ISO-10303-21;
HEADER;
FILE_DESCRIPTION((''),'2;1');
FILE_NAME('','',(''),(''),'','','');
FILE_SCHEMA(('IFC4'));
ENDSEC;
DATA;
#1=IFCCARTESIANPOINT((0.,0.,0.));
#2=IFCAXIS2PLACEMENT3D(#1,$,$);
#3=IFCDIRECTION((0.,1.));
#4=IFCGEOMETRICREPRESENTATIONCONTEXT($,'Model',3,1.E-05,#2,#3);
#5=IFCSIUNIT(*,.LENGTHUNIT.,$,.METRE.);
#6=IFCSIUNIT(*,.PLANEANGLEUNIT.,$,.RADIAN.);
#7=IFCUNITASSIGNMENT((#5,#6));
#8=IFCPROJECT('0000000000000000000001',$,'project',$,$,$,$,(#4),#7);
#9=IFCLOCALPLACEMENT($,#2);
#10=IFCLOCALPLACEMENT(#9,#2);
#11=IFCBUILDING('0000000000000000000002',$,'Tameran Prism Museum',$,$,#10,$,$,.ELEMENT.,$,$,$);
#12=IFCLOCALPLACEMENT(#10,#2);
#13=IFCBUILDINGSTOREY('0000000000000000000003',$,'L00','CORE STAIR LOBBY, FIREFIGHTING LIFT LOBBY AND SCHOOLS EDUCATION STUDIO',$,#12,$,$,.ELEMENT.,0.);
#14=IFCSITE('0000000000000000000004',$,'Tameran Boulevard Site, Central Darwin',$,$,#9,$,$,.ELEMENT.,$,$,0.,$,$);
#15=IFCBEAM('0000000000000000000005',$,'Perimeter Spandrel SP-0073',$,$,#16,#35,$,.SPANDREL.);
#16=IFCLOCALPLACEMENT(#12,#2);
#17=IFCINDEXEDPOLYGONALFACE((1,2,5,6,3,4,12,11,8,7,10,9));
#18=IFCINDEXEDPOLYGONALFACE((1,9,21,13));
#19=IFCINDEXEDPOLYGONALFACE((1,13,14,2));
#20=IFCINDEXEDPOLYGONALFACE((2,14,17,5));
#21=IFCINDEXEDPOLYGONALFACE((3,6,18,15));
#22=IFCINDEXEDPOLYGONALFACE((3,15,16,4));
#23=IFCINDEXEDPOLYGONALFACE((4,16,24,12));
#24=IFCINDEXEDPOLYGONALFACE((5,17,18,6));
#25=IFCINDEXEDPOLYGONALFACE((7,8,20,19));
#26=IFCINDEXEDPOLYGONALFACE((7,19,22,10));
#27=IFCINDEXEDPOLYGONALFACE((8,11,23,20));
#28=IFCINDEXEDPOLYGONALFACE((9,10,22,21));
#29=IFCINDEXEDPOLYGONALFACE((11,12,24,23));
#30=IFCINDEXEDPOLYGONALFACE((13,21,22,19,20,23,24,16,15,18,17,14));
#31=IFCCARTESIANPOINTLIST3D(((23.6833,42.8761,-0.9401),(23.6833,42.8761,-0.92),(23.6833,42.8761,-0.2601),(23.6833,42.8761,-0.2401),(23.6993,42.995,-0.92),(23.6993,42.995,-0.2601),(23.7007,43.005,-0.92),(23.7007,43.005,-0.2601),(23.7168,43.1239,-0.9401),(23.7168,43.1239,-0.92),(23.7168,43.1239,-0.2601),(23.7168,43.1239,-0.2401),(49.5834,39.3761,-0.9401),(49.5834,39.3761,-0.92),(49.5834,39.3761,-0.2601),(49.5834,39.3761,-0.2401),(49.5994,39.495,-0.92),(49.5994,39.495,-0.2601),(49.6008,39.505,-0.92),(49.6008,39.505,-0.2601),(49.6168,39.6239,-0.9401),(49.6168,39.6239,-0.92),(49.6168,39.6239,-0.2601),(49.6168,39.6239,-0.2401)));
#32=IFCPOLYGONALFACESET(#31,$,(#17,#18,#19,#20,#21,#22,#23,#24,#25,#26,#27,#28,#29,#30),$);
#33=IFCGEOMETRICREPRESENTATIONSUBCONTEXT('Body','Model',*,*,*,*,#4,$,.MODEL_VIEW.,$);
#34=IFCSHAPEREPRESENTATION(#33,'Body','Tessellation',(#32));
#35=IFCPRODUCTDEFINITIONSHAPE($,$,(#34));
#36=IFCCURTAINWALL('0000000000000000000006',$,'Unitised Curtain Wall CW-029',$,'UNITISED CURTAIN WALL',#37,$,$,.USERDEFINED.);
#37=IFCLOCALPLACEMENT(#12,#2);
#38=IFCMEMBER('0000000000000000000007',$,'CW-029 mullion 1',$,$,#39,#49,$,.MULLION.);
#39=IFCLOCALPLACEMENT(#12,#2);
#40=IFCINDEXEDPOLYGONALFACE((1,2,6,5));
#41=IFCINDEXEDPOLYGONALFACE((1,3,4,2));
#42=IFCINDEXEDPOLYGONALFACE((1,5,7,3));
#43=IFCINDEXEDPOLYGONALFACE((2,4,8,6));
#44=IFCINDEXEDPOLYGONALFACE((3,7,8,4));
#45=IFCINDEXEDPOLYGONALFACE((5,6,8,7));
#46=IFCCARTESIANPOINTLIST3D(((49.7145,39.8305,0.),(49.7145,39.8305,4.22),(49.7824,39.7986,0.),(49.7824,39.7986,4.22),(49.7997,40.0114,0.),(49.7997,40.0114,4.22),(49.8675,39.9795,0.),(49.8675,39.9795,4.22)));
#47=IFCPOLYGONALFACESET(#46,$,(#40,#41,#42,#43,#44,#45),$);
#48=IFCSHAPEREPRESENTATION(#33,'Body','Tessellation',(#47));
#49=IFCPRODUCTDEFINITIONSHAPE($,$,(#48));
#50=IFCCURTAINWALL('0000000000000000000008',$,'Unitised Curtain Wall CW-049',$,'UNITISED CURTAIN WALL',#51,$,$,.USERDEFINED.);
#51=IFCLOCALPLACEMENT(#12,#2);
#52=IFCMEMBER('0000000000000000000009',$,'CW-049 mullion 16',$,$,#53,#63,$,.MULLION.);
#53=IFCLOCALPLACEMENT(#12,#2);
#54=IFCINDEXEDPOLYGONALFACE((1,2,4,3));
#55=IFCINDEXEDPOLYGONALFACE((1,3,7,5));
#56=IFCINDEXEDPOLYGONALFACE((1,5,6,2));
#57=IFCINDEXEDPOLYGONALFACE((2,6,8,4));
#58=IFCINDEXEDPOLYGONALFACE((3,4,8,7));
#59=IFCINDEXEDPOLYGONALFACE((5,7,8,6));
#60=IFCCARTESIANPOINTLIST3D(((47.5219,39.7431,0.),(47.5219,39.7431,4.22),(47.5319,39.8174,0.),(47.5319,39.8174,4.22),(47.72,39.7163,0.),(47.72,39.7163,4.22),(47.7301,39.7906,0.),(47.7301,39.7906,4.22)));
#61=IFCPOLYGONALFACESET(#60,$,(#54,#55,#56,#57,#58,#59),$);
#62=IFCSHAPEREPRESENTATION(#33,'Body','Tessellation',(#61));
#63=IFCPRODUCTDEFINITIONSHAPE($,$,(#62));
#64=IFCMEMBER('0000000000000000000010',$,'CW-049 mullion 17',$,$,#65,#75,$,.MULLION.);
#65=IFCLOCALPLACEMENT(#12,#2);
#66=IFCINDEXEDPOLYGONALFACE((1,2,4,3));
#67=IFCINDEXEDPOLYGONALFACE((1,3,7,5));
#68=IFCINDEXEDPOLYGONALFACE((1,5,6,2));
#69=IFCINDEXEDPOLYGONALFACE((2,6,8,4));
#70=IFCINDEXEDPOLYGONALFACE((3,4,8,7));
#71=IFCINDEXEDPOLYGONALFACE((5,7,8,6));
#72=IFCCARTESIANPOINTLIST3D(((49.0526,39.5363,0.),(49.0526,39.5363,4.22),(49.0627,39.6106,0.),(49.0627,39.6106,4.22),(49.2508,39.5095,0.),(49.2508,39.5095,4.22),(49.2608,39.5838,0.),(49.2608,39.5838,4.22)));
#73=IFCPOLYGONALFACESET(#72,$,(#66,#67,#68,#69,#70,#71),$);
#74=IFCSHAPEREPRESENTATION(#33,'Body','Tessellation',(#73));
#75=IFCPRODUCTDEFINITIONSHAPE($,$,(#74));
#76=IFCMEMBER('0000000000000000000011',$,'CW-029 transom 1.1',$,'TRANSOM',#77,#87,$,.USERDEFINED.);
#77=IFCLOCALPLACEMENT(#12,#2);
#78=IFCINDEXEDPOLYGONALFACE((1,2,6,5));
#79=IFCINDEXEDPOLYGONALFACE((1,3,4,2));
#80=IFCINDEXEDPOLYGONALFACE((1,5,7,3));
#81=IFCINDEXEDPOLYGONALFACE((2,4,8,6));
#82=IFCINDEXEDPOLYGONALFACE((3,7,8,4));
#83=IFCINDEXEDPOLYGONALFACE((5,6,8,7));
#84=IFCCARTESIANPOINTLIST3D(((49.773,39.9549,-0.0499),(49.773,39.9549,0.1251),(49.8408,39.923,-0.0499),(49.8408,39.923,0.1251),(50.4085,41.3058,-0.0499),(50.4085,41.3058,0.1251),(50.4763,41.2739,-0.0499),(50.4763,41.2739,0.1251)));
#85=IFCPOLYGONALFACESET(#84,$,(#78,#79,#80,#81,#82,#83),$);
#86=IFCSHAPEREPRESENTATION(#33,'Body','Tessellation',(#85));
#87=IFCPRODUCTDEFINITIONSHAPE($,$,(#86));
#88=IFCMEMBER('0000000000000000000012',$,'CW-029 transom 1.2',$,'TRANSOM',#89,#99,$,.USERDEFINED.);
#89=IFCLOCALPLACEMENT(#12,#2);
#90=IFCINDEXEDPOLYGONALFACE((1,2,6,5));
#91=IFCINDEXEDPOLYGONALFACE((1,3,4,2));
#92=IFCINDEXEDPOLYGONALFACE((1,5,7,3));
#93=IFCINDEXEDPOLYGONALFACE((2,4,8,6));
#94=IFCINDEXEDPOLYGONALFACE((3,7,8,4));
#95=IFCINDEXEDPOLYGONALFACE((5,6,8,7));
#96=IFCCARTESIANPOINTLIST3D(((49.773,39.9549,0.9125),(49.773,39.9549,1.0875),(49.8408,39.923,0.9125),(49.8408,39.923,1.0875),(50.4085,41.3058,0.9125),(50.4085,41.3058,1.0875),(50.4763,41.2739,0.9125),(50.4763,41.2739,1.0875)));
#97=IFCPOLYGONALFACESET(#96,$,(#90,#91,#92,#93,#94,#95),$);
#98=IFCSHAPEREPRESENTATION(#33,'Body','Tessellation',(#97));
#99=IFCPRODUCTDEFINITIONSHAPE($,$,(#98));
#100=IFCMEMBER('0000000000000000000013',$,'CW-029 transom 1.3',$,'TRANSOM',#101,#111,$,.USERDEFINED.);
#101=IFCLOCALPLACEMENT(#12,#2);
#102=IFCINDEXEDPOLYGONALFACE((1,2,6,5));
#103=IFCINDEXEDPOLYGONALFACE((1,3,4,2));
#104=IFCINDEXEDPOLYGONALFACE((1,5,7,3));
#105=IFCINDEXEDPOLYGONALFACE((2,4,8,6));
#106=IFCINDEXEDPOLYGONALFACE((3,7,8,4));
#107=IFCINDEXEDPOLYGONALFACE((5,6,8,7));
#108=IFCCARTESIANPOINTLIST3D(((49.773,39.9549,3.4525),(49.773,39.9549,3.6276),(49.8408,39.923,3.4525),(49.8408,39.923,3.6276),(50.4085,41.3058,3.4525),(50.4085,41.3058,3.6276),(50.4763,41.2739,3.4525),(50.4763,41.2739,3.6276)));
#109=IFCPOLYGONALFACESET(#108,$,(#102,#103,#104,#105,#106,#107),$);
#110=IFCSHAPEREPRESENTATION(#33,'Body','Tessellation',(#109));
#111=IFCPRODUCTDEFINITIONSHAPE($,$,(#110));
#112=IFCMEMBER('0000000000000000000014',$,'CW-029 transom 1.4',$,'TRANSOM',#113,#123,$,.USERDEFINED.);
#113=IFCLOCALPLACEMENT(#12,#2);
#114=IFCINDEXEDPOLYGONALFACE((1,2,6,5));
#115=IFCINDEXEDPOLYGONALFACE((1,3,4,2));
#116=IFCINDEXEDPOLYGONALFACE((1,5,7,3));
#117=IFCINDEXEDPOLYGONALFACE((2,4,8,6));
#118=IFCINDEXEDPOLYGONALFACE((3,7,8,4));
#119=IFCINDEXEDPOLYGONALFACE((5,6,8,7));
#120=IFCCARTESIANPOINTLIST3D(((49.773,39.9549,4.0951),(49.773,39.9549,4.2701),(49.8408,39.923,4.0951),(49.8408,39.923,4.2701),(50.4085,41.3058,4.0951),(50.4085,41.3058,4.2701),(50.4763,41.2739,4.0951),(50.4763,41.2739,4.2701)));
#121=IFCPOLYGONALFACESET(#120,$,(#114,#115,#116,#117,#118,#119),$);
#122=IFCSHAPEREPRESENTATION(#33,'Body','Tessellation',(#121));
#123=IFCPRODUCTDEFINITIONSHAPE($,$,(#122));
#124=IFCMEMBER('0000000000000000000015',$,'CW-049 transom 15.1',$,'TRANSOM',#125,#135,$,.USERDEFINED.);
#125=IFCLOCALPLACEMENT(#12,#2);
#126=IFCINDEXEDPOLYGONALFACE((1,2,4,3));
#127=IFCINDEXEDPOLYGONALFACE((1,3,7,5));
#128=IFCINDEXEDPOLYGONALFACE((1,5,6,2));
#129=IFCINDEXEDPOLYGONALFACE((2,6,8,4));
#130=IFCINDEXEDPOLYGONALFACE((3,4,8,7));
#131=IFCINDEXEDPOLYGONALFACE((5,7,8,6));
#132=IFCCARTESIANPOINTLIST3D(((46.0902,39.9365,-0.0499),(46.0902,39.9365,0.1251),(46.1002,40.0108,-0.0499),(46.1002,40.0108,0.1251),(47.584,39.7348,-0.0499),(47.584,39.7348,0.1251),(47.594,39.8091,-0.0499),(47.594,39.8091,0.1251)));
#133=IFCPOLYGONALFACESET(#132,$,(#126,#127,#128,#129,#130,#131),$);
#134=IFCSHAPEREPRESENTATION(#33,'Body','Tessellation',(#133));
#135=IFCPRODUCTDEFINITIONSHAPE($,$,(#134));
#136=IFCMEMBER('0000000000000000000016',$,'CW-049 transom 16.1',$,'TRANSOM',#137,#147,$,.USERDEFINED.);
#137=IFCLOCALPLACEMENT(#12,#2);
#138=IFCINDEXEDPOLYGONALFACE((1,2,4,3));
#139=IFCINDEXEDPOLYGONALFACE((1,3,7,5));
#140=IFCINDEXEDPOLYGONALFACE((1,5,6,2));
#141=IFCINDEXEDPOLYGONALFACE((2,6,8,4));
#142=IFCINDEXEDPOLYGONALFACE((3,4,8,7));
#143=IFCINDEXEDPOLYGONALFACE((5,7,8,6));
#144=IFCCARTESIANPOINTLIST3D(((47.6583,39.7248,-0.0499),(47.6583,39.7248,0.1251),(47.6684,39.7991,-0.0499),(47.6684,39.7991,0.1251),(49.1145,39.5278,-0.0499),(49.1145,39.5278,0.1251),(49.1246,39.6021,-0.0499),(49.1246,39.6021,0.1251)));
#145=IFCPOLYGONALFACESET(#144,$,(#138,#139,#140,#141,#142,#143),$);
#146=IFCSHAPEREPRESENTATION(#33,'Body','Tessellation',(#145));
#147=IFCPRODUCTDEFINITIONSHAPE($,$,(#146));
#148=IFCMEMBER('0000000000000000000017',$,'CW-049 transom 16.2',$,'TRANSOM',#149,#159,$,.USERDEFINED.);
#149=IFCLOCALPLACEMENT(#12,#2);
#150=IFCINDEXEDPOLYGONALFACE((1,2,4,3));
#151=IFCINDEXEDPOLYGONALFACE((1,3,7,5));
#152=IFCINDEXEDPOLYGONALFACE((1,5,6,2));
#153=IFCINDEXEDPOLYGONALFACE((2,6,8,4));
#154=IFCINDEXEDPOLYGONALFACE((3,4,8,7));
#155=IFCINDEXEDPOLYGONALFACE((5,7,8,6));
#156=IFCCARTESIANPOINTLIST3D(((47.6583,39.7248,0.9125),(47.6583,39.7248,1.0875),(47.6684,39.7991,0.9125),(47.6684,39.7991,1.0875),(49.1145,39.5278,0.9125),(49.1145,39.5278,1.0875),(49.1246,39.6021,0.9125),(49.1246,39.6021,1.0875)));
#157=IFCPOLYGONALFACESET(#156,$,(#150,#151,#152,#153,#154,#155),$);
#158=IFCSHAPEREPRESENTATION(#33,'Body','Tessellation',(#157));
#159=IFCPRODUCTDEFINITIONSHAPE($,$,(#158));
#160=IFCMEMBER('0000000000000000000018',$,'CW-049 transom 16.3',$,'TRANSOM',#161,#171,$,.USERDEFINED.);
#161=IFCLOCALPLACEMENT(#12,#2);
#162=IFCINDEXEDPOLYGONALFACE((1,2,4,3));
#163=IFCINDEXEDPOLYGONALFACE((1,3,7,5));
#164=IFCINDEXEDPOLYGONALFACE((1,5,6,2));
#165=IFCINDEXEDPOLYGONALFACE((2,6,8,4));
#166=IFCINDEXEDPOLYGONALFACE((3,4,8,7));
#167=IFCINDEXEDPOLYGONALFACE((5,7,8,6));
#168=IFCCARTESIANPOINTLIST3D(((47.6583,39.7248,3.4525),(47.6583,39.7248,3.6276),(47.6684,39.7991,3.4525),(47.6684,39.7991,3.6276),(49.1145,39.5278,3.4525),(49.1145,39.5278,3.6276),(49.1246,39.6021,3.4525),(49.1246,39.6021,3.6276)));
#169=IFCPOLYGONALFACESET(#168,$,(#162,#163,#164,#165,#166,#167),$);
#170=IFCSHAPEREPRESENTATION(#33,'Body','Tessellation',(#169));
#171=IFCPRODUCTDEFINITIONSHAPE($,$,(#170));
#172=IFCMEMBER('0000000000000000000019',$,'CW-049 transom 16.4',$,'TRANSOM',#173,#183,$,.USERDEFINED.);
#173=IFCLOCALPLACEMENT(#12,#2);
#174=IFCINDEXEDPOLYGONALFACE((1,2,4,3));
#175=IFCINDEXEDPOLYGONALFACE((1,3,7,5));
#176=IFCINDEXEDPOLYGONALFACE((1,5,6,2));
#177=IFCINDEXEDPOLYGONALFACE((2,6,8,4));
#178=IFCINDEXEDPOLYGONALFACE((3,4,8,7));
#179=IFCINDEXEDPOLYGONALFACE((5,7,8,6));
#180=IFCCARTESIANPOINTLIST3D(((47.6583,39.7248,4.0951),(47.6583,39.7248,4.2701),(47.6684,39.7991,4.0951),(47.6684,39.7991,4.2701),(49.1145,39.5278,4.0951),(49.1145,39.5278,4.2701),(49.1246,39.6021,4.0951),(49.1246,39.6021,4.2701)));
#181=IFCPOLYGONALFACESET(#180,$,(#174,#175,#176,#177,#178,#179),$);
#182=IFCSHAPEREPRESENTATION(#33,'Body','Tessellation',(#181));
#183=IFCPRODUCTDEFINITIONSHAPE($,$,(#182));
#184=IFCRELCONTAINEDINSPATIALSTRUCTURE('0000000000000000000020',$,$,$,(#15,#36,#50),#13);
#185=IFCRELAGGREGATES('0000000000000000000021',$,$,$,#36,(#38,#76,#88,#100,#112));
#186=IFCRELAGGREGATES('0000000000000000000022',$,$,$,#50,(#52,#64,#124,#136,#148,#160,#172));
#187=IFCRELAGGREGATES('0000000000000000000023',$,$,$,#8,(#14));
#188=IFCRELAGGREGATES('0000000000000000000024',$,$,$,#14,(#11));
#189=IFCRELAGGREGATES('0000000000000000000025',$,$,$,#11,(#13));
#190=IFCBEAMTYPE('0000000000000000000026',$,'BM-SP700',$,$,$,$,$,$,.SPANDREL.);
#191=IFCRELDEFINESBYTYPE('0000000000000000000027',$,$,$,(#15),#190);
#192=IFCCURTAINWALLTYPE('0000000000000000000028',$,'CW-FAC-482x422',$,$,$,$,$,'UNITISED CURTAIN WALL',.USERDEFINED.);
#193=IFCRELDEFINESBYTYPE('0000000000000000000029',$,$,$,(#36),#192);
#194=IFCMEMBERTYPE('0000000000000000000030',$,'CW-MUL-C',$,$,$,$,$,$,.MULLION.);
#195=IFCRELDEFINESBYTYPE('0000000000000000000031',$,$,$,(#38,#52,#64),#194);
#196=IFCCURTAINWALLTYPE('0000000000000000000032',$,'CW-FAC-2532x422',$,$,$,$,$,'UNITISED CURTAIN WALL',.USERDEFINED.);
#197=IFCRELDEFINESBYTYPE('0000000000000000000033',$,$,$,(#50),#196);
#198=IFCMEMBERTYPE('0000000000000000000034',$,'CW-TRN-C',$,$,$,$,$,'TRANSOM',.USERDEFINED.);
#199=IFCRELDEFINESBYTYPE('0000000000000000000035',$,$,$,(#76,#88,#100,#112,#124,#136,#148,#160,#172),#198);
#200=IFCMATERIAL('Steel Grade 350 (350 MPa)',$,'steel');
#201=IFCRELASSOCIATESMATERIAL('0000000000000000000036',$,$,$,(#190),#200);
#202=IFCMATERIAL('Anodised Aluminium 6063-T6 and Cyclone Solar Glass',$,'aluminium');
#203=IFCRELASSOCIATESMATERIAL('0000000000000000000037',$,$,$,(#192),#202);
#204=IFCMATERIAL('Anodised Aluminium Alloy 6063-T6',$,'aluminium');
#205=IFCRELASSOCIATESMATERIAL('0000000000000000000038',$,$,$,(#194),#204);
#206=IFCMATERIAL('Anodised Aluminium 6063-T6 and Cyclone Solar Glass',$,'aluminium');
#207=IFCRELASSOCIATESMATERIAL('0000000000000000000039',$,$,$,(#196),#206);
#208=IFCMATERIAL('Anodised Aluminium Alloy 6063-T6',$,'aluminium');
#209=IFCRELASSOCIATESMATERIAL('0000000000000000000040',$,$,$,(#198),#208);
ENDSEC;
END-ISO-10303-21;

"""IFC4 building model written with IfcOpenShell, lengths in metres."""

from ifc_helpers import new_model, si_unit, direction, frame, origin, origin_2d, place, context, subcontext, project, spatial, rectangle, i_section, extrude, material, material_profile, profile_set, type_object, element, aggregate, save


model = new_model("IFC4")

# Units and contexts
model_context = context("Model", 3, precision=1e-05, world=origin(), true_north=direction((0.0, 1.0)))
body_context = subcontext(model_context, "Body", "Model", "MODEL_VIEW")
ifc_project = project(units=[si_unit("LENGTHUNIT", "METRE"), si_unit("PLANEANGLEUNIT", "RADIAN")], contexts=[model_context])

# Site, building, storey
site_placement = place(None, origin())
site = spatial("IfcSite", under=ifc_project, at=site_placement, Name="Tameran Boulevard Site, Central Darwin", CompositionType="ELEMENT", RefElevation=0.0)
building_placement = place(site_placement, origin())
building = spatial("IfcBuilding", under=site, at=building_placement, Name="Tameran Prism Museum", CompositionType="ELEMENT")
storey_placement = place(building_placement, origin())
storey = spatial("IfcBuildingStorey", under=building, at=storey_placement, Name="L00", Description="CORE STAIR LOBBY, FIREFIGHTING LIFT LOBBY AND SCHOOLS EDUCATION STUDIO", CompositionType="ELEMENT", Elevation=0.0)

# Beam
ifc_material_1 = material(Name="Steel Grade 350 (350 MPa)", Category="steel")
ifc_material_profile_1 = material_profile(ifc_material_1, i_section(OverallWidth=0.25, OverallDepth=0.7, WebThickness=0.01, FlangeThickness=0.02, at=origin_2d()))
ifc_profile_set_1 = profile_set([ifc_material_profile_1])
beam_type_1 = type_object("IfcBeamType", Name="BM-SP700", PredefinedType="SPANDREL", material=ifc_profile_set_1)
beam_1_placement = place(storey_placement, frame((49.6001, 39.5, -0.5901), z_axis=(-0.990993, 0.133917, 0.0), x_axis=(-0.133917, -0.990993, 0.0)))
element("IfcBeam", 1, at=beam_1_placement, inside=storey, type_object=beam_type_1, Name="Perimeter Spandrel SP-0073", PredefinedType="SPANDREL", context=body_context, shape_type="SweptSolid", body=[
    extrude(i_section(OverallWidth=0.25, OverallDepth=0.7, WebThickness=0.01, FlangeThickness=0.02, at=origin_2d()), origin(), (0.0, 0.0, 1.0), 26.1355),
])

# Curtain wall, member
ifc_material_2 = material(Name="Anodised Aluminium 6063-T6 and Cyclone Solar Glass", Category="aluminium")
curtain_wall_type_1 = type_object("IfcCurtainWallType", Name="CW-FAC-482x422", ElementType="UNITISED CURTAIN WALL", PredefinedType="USERDEFINED", material=ifc_material_2)
curtain_wall_1_placement = place(storey_placement, origin())
curtain_wall_1 = element("IfcCurtainWall", 2, at=curtain_wall_1_placement, inside=storey, type_object=curtain_wall_type_1, Name="Unitised Curtain Wall CW-029", ObjectType="UNITISED CURTAIN WALL", PredefinedType="USERDEFINED")
ifc_material_3 = material(Name="Anodised Aluminium Alloy 6063-T6", Category="aluminium")
ifc_material_profile_2 = material_profile(ifc_material_3, rectangle(XDim=0.075, YDim=0.2, at=origin_2d()))
ifc_profile_set_2 = profile_set([ifc_material_profile_2])
member_type_1 = type_object("IfcMemberType", Name="CW-MUL-C", PredefinedType="MULLION", material=ifc_profile_set_2)
member_1_placement = place(storey_placement, frame((49.791, 39.905, 0.0), z_axis=(0.0, 0.0, 1.0), x_axis=(-0.904885, 0.425657, 0.0)))
member_1 = element("IfcMember", 3, at=member_1_placement, type_object=member_type_1, Name="CW-029 mullion 1", PredefinedType="MULLION", context=body_context, shape_type="SweptSolid", body=[
    extrude(rectangle(XDim=0.075, YDim=0.2, at=origin_2d()), origin(), (0.0, 0.0, 1.0), 4.22),
])

# Curtain wall, members
ifc_material_4 = material(Name="Anodised Aluminium 6063-T6 and Cyclone Solar Glass", Category="aluminium")
curtain_wall_type_2 = type_object("IfcCurtainWallType", Name="CW-FAC-2532x422", ElementType="UNITISED CURTAIN WALL", PredefinedType="USERDEFINED", material=ifc_material_4)
curtain_wall_2_placement = place(storey_placement, origin())
curtain_wall_2 = element("IfcCurtainWall", 4, at=curtain_wall_2_placement, inside=storey, type_object=curtain_wall_type_2, Name="Unitised Curtain Wall CW-049", ObjectType="UNITISED CURTAIN WALL", PredefinedType="USERDEFINED")
member_2_placement = place(storey_placement, frame((47.626, 39.7668, 0.0), z_axis=(0.0, 0.0, 1.0), x_axis=(0.133913, 0.990993, 0.0)))
member_2 = element("IfcMember", 5, at=member_2_placement, type_object=member_type_1, Name="CW-049 mullion 16", PredefinedType="MULLION", context=body_context, shape_type="SweptSolid", body=[
    extrude(rectangle(XDim=0.075, YDim=0.2, at=origin_2d()), origin(), (0.0, 0.0, 1.0), 4.22),
])
member_3_placement = place(storey_placement, frame((49.1567, 39.5601, 0.0), z_axis=(0.0, 0.0, 1.0), x_axis=(0.133913, 0.990993, 0.0)))
member_3 = element("IfcMember", 6, at=member_3_placement, type_object=member_type_1, Name="CW-049 mullion 17", PredefinedType="MULLION", context=body_context, shape_type="SweptSolid", body=[
    extrude(rectangle(XDim=0.075, YDim=0.2, at=origin_2d()), origin(), (0.0, 0.0, 1.0), 4.22),
])

# Members
ifc_material_5 = material(Name="Anodised Aluminium Alloy 6063-T6", Category="aluminium")
ifc_material_profile_3 = material_profile(ifc_material_5, rectangle(XDim=0.075, YDim=0.175, at=origin_2d()))
ifc_profile_set_3 = profile_set([ifc_material_profile_3])
member_type_2 = type_object("IfcMemberType", Name="CW-TRN-C", ElementType="TRANSOM", PredefinedType="USERDEFINED", material=ifc_profile_set_3)
member_4_placement = place(storey_placement, frame((49.8069, 39.939, 0.0376), z_axis=(0.425695, 0.904867, 0.0), x_axis=(-0.904867, 0.425695, 0.0)))
member_4 = element("IfcMember", 7, at=member_4_placement, type_object=member_type_2, Name="CW-029 transom 1.1", ObjectType="TRANSOM", PredefinedType="USERDEFINED", context=body_context, shape_type="SweptSolid", body=[
    extrude(rectangle(XDim=0.075, YDim=0.175, at=origin_2d()), origin(), (0.0, 0.0, 1.0), 1.4929),
])
member_5_placement = place(storey_placement, frame((49.8069, 39.939, 1.0), z_axis=(0.425695, 0.904867, 0.0), x_axis=(-0.904867, 0.425695, 0.0)))
member_5 = element("IfcMember", 8, at=member_5_placement, type_object=member_type_2, Name="CW-029 transom 1.2", ObjectType="TRANSOM", PredefinedType="USERDEFINED", context=body_context, shape_type="SweptSolid", body=[
    extrude(rectangle(XDim=0.075, YDim=0.175, at=origin_2d()), origin(), (0.0, 0.0, 1.0), 1.4929),
])
member_6_placement = place(storey_placement, frame((49.8069, 39.939, 3.54), z_axis=(0.425695, 0.904867, 0.0), x_axis=(-0.904867, 0.425695, 0.0)))
member_6 = element("IfcMember", 9, at=member_6_placement, type_object=member_type_2, Name="CW-029 transom 1.3", ObjectType="TRANSOM", PredefinedType="USERDEFINED", context=body_context, shape_type="SweptSolid", body=[
    extrude(rectangle(XDim=0.075, YDim=0.175, at=origin_2d()), origin(), (0.0, 0.0, 1.0), 1.4929),
])
member_7_placement = place(storey_placement, frame((49.8069, 39.939, 4.1826), z_axis=(0.425695, 0.904867, 0.0), x_axis=(-0.904867, 0.425695, 0.0)))
member_7 = element("IfcMember", 10, at=member_7_placement, type_object=member_type_2, Name="CW-029 transom 1.4", ObjectType="TRANSOM", PredefinedType="USERDEFINED", context=body_context, shape_type="SweptSolid", body=[
    extrude(rectangle(XDim=0.075, YDim=0.175, at=origin_2d()), origin(), (0.0, 0.0, 1.0), 1.4929),
])
aggregate(curtain_wall_1, [member_1, member_4, member_5, member_6, member_7])
member_8_placement = place(storey_placement, frame((46.0952, 39.9736, 0.0376), z_axis=(0.991009, -0.133798, 0.0), x_axis=(0.133798, 0.991009, 0.0)))
member_8 = element("IfcMember", 11, at=member_8_placement, type_object=member_type_2, Name="CW-049 transom 15.1", ObjectType="TRANSOM", PredefinedType="USERDEFINED", context=body_context, shape_type="SweptSolid", body=[
    extrude(rectangle(XDim=0.075, YDim=0.175, at=origin_2d()), origin(), (0.0, 0.0, 1.0), 1.5073),
])
member_9_placement = place(storey_placement, frame((47.6633, 39.762, 0.0376), z_axis=(0.990972, -0.134068, 0.0), x_axis=(0.134068, 0.990972, 0.0)))
member_9 = element("IfcMember", 12, at=member_9_placement, type_object=member_type_2, Name="CW-049 transom 16.1", ObjectType="TRANSOM", PredefinedType="USERDEFINED", context=body_context, shape_type="SweptSolid", body=[
    extrude(rectangle(XDim=0.075, YDim=0.175, at=origin_2d()), origin(), (0.0, 0.0, 1.0), 1.4695),
])
member_10_placement = place(storey_placement, frame((47.6633, 39.762, 1.0), z_axis=(0.990972, -0.134068, 0.0), x_axis=(0.134068, 0.990972, 0.0)))
member_10 = element("IfcMember", 13, at=member_10_placement, type_object=member_type_2, Name="CW-049 transom 16.2", ObjectType="TRANSOM", PredefinedType="USERDEFINED", context=body_context, shape_type="SweptSolid", body=[
    extrude(rectangle(XDim=0.075, YDim=0.175, at=origin_2d()), origin(), (0.0, 0.0, 1.0), 1.4695),
])
member_11_placement = place(storey_placement, frame((47.6633, 39.762, 3.54), z_axis=(0.990972, -0.134068, 0.0), x_axis=(0.134068, 0.990972, 0.0)))
member_11 = element("IfcMember", 14, at=member_11_placement, type_object=member_type_2, Name="CW-049 transom 16.3", ObjectType="TRANSOM", PredefinedType="USERDEFINED", context=body_context, shape_type="SweptSolid", body=[
    extrude(rectangle(XDim=0.075, YDim=0.175, at=origin_2d()), origin(), (0.0, 0.0, 1.0), 1.4695),
])
member_12_placement = place(storey_placement, frame((47.6633, 39.762, 4.1826), z_axis=(0.990972, -0.134068, 0.0), x_axis=(0.134068, 0.990972, 0.0)))
member_12 = element("IfcMember", 15, at=member_12_placement, type_object=member_type_2, Name="CW-049 transom 16.4", ObjectType="TRANSOM", PredefinedType="USERDEFINED", context=body_context, shape_type="SweptSolid", body=[
    extrude(rectangle(XDim=0.075, YDim=0.175, at=origin_2d()), origin(), (0.0, 0.0, 1.0), 1.4695),
])

aggregate(curtain_wall_2, [member_2, member_3, member_8, member_9, member_10, member_11, member_12])

save(model, "model.ifc")
